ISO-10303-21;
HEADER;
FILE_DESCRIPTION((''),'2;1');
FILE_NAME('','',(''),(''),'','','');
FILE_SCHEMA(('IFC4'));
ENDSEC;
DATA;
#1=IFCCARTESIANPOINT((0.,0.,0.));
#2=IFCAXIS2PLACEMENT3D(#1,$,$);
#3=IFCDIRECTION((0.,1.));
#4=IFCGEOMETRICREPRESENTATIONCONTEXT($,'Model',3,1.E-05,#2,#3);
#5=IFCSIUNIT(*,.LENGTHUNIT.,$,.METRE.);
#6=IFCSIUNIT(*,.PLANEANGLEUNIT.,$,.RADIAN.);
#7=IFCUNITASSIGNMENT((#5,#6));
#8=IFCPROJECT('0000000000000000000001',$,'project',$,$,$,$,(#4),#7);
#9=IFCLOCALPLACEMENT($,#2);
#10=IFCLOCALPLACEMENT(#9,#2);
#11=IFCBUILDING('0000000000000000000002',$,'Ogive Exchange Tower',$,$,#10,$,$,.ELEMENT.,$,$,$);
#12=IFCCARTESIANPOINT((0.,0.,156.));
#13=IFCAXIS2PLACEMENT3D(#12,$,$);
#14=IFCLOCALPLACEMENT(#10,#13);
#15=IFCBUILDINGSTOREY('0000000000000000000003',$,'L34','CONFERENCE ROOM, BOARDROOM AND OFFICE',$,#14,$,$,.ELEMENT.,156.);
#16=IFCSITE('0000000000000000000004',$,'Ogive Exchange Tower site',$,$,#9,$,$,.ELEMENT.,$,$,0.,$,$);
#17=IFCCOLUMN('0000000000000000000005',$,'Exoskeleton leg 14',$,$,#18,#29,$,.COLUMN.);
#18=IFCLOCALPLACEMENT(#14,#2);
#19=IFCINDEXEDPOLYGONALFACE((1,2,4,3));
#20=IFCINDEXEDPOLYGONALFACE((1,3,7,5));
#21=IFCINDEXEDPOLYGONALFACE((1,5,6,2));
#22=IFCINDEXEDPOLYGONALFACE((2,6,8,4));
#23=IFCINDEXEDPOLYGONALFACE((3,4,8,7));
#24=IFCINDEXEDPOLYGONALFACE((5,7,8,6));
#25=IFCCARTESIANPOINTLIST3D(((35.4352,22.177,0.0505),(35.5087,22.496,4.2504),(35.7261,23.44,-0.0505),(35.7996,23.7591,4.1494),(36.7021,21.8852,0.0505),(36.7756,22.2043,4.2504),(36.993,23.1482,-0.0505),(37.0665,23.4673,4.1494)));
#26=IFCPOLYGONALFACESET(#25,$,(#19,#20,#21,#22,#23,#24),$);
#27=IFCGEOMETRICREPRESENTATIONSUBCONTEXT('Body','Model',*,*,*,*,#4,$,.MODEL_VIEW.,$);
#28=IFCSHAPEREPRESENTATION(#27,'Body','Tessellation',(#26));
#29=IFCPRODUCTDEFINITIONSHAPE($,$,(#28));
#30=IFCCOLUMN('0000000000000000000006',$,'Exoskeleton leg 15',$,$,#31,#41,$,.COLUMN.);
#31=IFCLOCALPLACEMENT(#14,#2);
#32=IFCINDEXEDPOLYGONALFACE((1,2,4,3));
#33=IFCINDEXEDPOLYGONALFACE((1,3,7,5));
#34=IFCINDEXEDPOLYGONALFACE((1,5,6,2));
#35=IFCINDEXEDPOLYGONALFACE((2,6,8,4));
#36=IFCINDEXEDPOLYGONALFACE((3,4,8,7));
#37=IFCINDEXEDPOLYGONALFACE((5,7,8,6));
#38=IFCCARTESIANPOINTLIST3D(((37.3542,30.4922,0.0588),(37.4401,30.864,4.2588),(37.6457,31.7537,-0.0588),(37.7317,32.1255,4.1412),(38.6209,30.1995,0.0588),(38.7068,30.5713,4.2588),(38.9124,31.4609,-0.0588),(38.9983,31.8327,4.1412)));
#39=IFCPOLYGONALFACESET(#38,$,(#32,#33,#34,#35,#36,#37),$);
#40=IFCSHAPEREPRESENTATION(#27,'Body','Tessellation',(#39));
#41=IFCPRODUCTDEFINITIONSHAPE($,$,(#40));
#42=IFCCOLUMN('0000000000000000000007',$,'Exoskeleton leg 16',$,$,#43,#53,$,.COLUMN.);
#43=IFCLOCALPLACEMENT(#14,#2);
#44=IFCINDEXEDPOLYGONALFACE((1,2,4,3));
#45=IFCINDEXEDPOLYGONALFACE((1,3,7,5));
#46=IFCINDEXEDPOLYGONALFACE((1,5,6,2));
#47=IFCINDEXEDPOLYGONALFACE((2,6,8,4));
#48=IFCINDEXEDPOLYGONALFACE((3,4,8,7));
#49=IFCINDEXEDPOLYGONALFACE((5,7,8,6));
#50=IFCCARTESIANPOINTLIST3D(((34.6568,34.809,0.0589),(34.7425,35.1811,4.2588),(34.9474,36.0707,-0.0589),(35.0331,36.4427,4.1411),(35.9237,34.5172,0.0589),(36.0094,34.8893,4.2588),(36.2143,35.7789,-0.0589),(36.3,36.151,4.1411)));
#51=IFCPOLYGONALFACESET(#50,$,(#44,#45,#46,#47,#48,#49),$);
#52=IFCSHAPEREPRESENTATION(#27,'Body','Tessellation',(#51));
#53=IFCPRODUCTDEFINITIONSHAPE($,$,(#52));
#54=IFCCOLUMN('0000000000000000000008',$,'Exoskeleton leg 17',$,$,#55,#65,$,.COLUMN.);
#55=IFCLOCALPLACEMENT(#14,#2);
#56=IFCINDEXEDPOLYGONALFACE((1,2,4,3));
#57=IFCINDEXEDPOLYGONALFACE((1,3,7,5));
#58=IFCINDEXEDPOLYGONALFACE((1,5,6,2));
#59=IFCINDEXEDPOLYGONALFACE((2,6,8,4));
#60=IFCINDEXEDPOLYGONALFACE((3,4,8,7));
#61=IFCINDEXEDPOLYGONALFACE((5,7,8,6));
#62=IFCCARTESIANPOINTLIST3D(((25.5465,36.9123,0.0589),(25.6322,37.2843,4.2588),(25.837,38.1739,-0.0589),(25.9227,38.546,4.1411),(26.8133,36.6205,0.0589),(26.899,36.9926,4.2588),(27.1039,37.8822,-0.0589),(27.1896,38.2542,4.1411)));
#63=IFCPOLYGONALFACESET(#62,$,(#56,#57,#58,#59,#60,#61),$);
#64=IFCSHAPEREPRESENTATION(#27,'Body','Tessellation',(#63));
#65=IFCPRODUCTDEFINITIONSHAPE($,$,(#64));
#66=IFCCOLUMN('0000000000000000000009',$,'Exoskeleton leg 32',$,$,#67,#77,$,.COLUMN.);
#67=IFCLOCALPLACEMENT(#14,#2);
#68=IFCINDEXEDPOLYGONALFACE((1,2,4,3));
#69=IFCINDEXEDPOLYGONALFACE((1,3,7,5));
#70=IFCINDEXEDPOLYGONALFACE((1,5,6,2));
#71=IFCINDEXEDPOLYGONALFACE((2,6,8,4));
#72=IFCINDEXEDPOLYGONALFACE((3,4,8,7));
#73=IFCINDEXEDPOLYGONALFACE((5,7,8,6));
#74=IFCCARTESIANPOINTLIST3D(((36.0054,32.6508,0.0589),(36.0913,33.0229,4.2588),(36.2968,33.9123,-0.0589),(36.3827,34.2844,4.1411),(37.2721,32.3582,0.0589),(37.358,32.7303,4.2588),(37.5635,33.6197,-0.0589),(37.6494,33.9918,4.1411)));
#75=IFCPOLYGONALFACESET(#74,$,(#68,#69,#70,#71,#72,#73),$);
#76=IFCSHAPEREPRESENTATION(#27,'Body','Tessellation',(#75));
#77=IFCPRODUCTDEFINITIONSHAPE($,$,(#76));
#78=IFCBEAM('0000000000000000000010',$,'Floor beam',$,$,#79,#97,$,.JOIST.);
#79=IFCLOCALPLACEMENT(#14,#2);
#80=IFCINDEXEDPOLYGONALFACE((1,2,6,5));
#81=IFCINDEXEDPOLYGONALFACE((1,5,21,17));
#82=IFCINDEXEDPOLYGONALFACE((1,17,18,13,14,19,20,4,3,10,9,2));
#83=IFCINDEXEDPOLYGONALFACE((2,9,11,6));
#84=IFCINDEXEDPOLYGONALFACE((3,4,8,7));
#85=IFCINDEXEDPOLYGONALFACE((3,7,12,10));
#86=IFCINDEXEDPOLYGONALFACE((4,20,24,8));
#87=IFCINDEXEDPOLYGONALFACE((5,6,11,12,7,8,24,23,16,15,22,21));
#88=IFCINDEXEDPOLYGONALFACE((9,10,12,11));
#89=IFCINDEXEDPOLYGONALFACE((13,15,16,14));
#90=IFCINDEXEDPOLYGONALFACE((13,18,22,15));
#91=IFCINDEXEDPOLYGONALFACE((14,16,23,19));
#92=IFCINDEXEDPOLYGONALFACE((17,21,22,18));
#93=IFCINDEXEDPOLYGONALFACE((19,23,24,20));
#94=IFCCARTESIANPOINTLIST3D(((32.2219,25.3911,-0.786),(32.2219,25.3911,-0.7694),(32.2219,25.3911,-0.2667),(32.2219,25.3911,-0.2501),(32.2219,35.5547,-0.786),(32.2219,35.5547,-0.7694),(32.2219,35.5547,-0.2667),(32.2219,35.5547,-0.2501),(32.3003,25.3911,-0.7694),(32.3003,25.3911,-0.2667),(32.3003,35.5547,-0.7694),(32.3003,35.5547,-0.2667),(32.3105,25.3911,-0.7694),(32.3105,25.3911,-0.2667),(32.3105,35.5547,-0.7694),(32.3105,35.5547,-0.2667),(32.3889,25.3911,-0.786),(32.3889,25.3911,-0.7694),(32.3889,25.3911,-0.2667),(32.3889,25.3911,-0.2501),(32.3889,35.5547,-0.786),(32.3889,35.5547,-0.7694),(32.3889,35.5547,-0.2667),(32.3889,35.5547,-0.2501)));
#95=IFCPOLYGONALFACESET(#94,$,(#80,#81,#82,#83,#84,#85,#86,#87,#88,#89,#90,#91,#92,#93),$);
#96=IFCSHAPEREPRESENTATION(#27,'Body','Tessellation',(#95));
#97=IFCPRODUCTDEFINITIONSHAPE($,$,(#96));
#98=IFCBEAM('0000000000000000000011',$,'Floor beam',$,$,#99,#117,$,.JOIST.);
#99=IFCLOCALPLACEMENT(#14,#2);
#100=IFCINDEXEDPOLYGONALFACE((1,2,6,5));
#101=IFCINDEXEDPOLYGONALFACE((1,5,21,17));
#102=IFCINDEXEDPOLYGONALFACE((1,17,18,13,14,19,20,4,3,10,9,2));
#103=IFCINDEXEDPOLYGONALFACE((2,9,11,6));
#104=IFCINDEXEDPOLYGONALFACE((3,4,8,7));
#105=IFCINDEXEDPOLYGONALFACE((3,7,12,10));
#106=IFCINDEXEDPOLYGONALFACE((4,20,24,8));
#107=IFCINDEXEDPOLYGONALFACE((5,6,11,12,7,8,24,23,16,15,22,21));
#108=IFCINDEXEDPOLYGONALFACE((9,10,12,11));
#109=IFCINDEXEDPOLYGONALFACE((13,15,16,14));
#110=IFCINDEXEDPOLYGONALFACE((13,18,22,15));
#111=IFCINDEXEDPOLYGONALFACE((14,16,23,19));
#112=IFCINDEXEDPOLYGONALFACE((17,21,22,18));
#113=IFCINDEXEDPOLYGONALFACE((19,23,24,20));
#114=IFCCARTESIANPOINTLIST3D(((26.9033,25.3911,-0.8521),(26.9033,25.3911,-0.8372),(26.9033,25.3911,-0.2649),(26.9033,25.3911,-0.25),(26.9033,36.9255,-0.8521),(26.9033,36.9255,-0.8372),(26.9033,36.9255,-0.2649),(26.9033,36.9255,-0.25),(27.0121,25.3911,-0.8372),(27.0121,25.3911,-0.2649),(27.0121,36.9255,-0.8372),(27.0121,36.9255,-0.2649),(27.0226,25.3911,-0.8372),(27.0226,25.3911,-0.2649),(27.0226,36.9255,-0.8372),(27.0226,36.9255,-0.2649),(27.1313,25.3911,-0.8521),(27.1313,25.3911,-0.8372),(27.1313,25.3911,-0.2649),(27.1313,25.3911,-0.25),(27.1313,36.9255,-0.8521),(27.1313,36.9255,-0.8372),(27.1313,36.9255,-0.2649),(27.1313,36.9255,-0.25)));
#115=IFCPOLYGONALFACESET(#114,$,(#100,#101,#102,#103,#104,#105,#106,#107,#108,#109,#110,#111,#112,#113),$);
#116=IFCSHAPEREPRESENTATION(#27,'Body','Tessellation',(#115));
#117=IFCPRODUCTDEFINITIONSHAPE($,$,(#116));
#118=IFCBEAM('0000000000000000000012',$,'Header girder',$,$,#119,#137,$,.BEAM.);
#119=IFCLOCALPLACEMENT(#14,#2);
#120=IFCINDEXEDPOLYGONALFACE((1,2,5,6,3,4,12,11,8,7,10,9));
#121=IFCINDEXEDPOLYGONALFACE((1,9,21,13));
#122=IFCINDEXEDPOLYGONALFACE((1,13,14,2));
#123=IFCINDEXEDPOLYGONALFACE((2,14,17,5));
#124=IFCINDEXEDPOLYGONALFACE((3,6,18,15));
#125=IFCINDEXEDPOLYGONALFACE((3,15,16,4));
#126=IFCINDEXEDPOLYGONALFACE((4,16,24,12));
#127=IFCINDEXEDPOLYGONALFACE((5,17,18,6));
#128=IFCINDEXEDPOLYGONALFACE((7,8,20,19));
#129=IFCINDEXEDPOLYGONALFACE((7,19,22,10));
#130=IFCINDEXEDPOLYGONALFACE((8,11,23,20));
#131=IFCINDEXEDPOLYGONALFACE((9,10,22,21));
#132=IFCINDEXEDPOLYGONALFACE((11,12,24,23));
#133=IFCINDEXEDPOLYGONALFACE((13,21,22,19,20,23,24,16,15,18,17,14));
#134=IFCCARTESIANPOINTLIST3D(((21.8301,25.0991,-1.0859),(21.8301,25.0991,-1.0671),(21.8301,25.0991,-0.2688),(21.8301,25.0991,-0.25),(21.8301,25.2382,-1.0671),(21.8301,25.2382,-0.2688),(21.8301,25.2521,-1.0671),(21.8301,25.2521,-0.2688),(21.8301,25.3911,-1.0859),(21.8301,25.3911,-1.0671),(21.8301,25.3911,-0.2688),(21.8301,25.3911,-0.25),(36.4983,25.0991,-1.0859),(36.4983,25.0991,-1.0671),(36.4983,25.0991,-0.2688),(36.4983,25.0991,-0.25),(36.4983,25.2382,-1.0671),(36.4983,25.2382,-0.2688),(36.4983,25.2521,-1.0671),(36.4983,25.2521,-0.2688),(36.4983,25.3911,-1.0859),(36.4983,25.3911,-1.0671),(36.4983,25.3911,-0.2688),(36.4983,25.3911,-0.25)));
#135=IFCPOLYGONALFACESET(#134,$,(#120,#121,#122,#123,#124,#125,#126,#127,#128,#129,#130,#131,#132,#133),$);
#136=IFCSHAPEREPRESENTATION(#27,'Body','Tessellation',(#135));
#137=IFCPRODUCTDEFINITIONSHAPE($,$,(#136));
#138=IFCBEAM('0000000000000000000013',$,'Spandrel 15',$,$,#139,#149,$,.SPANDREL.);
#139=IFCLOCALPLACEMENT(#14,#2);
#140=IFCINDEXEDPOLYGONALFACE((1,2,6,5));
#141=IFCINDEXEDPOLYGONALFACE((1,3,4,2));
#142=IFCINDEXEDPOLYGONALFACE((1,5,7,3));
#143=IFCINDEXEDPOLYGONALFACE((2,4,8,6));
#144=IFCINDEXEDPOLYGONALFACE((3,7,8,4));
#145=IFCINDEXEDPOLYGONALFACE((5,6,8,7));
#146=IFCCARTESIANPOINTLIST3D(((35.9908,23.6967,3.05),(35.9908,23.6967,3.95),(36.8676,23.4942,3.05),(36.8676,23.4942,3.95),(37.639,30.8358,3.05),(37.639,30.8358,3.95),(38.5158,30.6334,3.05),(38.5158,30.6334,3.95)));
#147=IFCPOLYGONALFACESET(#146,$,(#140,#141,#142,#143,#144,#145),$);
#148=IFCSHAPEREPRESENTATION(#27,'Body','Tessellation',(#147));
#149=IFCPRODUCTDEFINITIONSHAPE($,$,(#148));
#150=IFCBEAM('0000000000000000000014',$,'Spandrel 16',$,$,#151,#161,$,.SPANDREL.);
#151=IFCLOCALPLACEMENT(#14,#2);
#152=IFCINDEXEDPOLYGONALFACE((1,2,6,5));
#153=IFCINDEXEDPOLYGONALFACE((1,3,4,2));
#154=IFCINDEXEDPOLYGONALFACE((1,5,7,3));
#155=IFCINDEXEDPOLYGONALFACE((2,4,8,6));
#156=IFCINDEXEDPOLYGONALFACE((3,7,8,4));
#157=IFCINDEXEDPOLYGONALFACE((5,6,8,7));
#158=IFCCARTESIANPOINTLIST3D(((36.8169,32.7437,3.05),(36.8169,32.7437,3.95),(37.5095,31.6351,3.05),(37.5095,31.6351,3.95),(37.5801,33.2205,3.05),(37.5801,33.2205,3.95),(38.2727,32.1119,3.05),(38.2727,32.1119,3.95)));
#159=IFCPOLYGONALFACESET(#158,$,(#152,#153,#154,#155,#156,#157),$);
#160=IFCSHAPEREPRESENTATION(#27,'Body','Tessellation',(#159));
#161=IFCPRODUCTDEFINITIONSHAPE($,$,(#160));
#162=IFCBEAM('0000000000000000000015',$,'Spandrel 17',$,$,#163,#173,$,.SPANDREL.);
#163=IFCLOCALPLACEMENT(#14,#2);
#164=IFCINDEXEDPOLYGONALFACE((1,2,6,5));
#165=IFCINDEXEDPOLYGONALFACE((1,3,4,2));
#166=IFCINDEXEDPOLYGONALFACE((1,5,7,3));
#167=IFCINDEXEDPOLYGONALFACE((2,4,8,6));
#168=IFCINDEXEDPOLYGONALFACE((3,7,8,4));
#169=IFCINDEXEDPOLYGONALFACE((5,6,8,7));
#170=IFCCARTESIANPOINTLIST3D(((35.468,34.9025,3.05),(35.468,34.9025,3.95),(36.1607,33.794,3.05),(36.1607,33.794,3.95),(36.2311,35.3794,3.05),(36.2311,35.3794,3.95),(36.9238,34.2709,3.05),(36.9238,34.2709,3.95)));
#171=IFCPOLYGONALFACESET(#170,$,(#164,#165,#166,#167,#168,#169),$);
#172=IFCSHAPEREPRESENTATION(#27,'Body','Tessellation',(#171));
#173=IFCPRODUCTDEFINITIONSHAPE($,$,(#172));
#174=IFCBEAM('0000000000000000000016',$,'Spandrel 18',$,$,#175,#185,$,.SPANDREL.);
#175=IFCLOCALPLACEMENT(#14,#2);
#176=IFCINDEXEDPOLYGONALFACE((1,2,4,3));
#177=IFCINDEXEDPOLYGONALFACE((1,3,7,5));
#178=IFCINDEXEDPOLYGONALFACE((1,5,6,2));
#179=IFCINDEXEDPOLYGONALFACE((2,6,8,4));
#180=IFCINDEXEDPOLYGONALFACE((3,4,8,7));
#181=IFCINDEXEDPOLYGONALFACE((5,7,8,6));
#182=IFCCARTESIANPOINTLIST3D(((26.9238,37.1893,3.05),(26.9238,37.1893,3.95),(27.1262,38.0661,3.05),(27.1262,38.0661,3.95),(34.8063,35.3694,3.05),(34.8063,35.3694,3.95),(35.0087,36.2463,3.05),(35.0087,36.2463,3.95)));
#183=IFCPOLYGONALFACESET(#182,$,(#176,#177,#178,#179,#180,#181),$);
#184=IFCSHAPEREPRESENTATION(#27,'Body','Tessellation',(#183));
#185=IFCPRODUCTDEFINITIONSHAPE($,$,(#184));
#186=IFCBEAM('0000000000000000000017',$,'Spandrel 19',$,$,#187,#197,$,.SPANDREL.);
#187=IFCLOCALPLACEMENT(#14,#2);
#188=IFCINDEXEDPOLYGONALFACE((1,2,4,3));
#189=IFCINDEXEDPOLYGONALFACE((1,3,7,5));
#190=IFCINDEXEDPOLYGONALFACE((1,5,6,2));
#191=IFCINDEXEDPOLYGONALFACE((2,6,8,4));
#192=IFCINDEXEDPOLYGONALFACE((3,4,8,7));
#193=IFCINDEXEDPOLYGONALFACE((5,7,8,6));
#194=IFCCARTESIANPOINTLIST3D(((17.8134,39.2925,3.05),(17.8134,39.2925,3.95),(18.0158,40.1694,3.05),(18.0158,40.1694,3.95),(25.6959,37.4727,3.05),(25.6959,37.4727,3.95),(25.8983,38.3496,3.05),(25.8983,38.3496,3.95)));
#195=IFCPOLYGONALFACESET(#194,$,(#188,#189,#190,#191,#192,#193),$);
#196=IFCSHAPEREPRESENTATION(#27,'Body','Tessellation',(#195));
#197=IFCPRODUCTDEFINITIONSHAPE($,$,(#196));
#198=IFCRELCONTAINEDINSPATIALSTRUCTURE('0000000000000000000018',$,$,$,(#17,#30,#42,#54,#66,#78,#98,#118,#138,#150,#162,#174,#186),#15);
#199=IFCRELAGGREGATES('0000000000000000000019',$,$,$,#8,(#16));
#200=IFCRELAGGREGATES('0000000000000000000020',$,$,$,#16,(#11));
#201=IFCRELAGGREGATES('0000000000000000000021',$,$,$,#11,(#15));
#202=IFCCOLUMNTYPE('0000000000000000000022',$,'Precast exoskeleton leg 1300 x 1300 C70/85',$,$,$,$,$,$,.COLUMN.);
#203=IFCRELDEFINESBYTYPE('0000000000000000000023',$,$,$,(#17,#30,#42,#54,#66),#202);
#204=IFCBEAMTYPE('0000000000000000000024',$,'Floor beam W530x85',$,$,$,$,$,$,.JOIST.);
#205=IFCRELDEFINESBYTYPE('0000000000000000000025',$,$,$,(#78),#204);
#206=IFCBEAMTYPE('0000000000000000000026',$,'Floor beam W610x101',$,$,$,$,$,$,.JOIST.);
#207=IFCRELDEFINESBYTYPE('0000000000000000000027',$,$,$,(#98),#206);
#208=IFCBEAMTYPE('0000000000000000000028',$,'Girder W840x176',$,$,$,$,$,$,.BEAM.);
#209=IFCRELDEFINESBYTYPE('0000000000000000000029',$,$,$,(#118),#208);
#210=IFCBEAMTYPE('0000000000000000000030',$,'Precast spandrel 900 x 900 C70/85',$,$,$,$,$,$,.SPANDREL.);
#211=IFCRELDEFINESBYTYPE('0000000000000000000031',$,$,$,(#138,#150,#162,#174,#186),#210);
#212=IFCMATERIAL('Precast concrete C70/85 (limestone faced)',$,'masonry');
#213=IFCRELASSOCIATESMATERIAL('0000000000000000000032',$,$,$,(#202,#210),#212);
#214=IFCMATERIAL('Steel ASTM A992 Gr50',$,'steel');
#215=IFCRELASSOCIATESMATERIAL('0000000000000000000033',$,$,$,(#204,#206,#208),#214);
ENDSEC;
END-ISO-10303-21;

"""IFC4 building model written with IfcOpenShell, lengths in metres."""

from ifc_helpers import new_model, si_unit, direction, frame, origin, origin_2d, place, context, subcontext, project, spatial, rectangle, i_section, extrude, material, material_profile, profile_set, type_object, element, save


model = new_model("IFC4")

# Units and contexts
model_context = context("Model", 3, precision=1e-05, world=origin(), true_north=direction((0.0, 1.0)))
body_context = subcontext(model_context, "Body", "Model", "MODEL_VIEW")
ifc_project = project(units=[si_unit("LENGTHUNIT", "METRE"), si_unit("PLANEANGLEUNIT", "RADIAN")], contexts=[model_context])

# Site, building, storey
site_placement = place(None, origin())
site = spatial("IfcSite", under=ifc_project, at=site_placement, Name="Ogive Exchange Tower site", CompositionType="ELEMENT", RefElevation=0.0)
building_placement = place(site_placement, origin())
building = spatial("IfcBuilding", under=site, at=building_placement, Name="Ogive Exchange Tower", CompositionType="ELEMENT")
storey_placement = place(building_placement, frame((0.0, 0.0, 156.0)))
storey = spatial("IfcBuildingStorey", under=building, at=storey_placement, Name="L34", Description="CONFERENCE ROOM, BOARDROOM AND OFFICE", CompositionType="ELEMENT", Elevation=156.0)

# Columns
ifc_material_1 = material(Name="Precast concrete C70/85 (limestone faced)", Category="masonry")
ifc_material_profile_1 = material_profile(ifc_material_1, rectangle(XDim=1.3, YDim=1.3, at=origin_2d()), Name="1300 x 1300")
ifc_profile_set_1 = profile_set([ifc_material_profile_1], Name="Precast concrete C70/85 (limestone faced)")
column_type = type_object("IfcColumnType", Name="Precast exoskeleton leg 1300 x 1300 C70/85", PredefinedType="COLUMN", material=ifc_profile_set_1)
column_placement = place(storey_placement, frame((36.2141, 22.6626, 0.0), z_axis=(0.017444, 0.075745, 0.996975), x_axis=(-0.974492, 0.224424, 0.0)))
element("IfcColumn", 1, at=column_placement, inside=storey, type_object=column_type, Name="Exoskeleton leg 14", PredefinedType="COLUMN", context=body_context, shape_type="SweptSolid", body=[
    extrude(rectangle(XDim=1.3, YDim=1.3, at=origin_2d()), origin(), (0.0, 0.0, 1.0), 4.2126),
])
for number, where, z_axis, x_axis, name in (
    (2, (38.1333, 30.9766, 0.0), (0.020378, 0.088168, 0.995897), (-0.974316, 0.225187, 0.0), "Exoskeleton leg 15"),
    (3, (35.4355, 35.2939, 0.0), (0.02032, 0.088225, 0.995893), (-0.974488, 0.224439, 0.0), "Exoskeleton leg 16"),
    (4, (26.3252, 37.3972, 0.0), (0.02032, 0.088225, 0.995893), (-0.974488, 0.224439, 0.0), "Exoskeleton leg 17"),
    (5, (36.7844, 33.1353, 0.0), (0.020377, 0.088225, 0.995892), (-0.974348, 0.225046, 0.0), "Exoskeleton leg 32"),
):
    element("IfcColumn", number, at=place(storey_placement, frame(where, z_axis=z_axis, x_axis=x_axis)), inside=storey, type_object=column_type, Name=name, PredefinedType="COLUMN", context=body_context, shape_type="SweptSolid", body=[
        extrude(rectangle(XDim=1.3, YDim=1.3, at=origin_2d()), origin(), (0.0, 0.0, 1.0), 4.2173),
    ])

# Beams
ifc_material_2 = material(Name="Steel ASTM A992 Gr50", Category="steel")
ifc_material_profile_2 = material_profile(ifc_material_2, i_section(OverallWidth=0.167, OverallDepth=0.5359, WebThickness=0.0103, FlangeThickness=0.0166, at=origin_2d()), Name="W530x85")
ifc_profile_set_2 = profile_set([ifc_material_profile_2], Name="Steel ASTM A992 Gr50")
beam_type_1 = type_object("IfcBeamType", Name="Floor beam W530x85", PredefinedType="JOIST", material=ifc_profile_set_2)
beam_1_placement = place(storey_placement, frame((32.3054, 25.3911, -0.5181), z_axis=(0.0, 1.0, 0.0), x_axis=(-1.0, 0.0, 0.0)))
element("IfcBeam", 6, at=beam_1_placement, inside=storey, type_object=beam_type_1, Name="Floor beam", PredefinedType="JOIST", context=body_context, shape_type="SweptSolid", body=[
    extrude(i_section(OverallWidth=0.167, OverallDepth=0.5359, WebThickness=0.0103, FlangeThickness=0.0166, at=origin_2d()), origin(), (0.0, 0.0, 1.0), 10.1636),
])
ifc_material_profile_3 = material_profile(ifc_material_2, i_section(OverallWidth=0.228, OverallDepth=0.6021, WebThickness=0.0105, FlangeThickness=0.0149, at=origin_2d()), Name="W610x101")
ifc_profile_set_3 = profile_set([ifc_material_profile_3], Name="Steel ASTM A992 Gr50")
beam_type_2 = type_object("IfcBeamType", Name="Floor beam W610x101", PredefinedType="JOIST", material=ifc_profile_set_3)
beam_2_placement = place(storey_placement, frame((27.0173, 25.3911, -0.551), z_axis=(0.0, 1.0, 0.0), x_axis=(-1.0, 0.0, 0.0)))
element("IfcBeam", 7, at=beam_2_placement, inside=storey, type_object=beam_type_2, Name="Floor beam", PredefinedType="JOIST", context=body_context, shape_type="SweptSolid", body=[
    extrude(i_section(OverallWidth=0.228, OverallDepth=0.6021, WebThickness=0.0105, FlangeThickness=0.0149, at=origin_2d()), origin(), (0.0, 0.0, 1.0), 11.5344),
])
ifc_material_profile_4 = material_profile(ifc_material_2, i_section(OverallWidth=0.292, OverallDepth=0.8359, WebThickness=0.0139, FlangeThickness=0.0188, at=origin_2d()), Name="W840x176")
ifc_profile_set_4 = profile_set([ifc_material_profile_4], Name="Steel ASTM A992 Gr50")
beam_type_3 = type_object("IfcBeamType", Name="Girder W840x176", PredefinedType="BEAM", material=ifc_profile_set_4)
beam_3_placement = place(storey_placement, frame((21.8301, 25.2451, -0.668), z_axis=(1.0, 0.0, 0.0), x_axis=(0.0, 1.0, 0.0)))
element("IfcBeam", 8, at=beam_3_placement, inside=storey, type_object=beam_type_3, Name="Header girder", PredefinedType="BEAM", context=body_context, shape_type="SweptSolid", body=[
    extrude(i_section(OverallWidth=0.292, OverallDepth=0.8359, WebThickness=0.0139, FlangeThickness=0.0188, at=origin_2d()), origin(), (0.0, 0.0, 1.0), 14.6682),
])
ifc_material_profile_5 = material_profile(ifc_material_1, rectangle(XDim=0.8999, YDim=0.8999, at=origin_2d()), Name="900 x 900")
ifc_profile_set_5 = profile_set([ifc_material_profile_5], Name="Precast concrete C70/85 (limestone faced)")
beam_type_4 = type_object("IfcBeamType", Name="Precast spandrel 900 x 900 C70/85", PredefinedType="SPANDREL", material=ifc_profile_set_5)
beam_4_placement = place(storey_placement, frame((36.4292, 23.5955, 3.5), z_axis=(0.22495, 0.97437, 0.0), x_axis=(-0.97437, 0.22495, 0.0)))
element("IfcBeam", 9, at=beam_4_placement, inside=storey, type_object=beam_type_4, Name="Spandrel 15", PredefinedType="SPANDREL", context=body_context, shape_type="SweptSolid", body=[
    extrude(rectangle(XDim=0.8999, YDim=0.8999, at=origin_2d()), origin(), (0.0, 0.0, 1.0), 7.3269),
])
for number, where, z_axis, x_axis, name in (
    (10, (37.8911, 31.8735, 3.5), (-0.529848, 0.848093, 0.0), (-0.848093, -0.529848, 0.0), "Spandrel 16"),
    (11, (36.5422, 34.0325, 3.5), (-0.529932, 0.84804, 0.0), (-0.84804, -0.529932, 0.0), "Spandrel 17"),
):
    element("IfcBeam", number, at=place(storey_placement, frame(where, z_axis=z_axis, x_axis=x_axis)), inside=storey, type_object=beam_type_4, Name=name, PredefinedType="SPANDREL", context=body_context, shape_type="SweptSolid", body=[
        extrude(rectangle(XDim=0.8999, YDim=0.8999, at=origin_2d()), origin(), (0.0, 0.0, 1.0), 1.3071),
    ])
for number, where, z_axis, x_axis, name in (
    (12, (34.9075, 35.8079, 3.5), (-0.97437, 0.22495, 0.0), (-0.22495, -0.97437, 0.0), "Spandrel 18"),
    (13, (25.7971, 37.9111, 3.5), (-0.97437, 0.22495, 0.0), (-0.22495, -0.97437, 0.0), "Spandrel 19"),
):
    element("IfcBeam", number, at=place(storey_placement, frame(where, z_axis=z_axis, x_axis=x_axis)), inside=storey, type_object=beam_type_4, Name=name, PredefinedType="SPANDREL", context=body_context, shape_type="SweptSolid", body=[
        extrude(rectangle(XDim=0.8999, YDim=0.8999, at=origin_2d()), origin(), (0.0, 0.0, 1.0), 8.0898),
    ])

save(model, "model.ifc")
